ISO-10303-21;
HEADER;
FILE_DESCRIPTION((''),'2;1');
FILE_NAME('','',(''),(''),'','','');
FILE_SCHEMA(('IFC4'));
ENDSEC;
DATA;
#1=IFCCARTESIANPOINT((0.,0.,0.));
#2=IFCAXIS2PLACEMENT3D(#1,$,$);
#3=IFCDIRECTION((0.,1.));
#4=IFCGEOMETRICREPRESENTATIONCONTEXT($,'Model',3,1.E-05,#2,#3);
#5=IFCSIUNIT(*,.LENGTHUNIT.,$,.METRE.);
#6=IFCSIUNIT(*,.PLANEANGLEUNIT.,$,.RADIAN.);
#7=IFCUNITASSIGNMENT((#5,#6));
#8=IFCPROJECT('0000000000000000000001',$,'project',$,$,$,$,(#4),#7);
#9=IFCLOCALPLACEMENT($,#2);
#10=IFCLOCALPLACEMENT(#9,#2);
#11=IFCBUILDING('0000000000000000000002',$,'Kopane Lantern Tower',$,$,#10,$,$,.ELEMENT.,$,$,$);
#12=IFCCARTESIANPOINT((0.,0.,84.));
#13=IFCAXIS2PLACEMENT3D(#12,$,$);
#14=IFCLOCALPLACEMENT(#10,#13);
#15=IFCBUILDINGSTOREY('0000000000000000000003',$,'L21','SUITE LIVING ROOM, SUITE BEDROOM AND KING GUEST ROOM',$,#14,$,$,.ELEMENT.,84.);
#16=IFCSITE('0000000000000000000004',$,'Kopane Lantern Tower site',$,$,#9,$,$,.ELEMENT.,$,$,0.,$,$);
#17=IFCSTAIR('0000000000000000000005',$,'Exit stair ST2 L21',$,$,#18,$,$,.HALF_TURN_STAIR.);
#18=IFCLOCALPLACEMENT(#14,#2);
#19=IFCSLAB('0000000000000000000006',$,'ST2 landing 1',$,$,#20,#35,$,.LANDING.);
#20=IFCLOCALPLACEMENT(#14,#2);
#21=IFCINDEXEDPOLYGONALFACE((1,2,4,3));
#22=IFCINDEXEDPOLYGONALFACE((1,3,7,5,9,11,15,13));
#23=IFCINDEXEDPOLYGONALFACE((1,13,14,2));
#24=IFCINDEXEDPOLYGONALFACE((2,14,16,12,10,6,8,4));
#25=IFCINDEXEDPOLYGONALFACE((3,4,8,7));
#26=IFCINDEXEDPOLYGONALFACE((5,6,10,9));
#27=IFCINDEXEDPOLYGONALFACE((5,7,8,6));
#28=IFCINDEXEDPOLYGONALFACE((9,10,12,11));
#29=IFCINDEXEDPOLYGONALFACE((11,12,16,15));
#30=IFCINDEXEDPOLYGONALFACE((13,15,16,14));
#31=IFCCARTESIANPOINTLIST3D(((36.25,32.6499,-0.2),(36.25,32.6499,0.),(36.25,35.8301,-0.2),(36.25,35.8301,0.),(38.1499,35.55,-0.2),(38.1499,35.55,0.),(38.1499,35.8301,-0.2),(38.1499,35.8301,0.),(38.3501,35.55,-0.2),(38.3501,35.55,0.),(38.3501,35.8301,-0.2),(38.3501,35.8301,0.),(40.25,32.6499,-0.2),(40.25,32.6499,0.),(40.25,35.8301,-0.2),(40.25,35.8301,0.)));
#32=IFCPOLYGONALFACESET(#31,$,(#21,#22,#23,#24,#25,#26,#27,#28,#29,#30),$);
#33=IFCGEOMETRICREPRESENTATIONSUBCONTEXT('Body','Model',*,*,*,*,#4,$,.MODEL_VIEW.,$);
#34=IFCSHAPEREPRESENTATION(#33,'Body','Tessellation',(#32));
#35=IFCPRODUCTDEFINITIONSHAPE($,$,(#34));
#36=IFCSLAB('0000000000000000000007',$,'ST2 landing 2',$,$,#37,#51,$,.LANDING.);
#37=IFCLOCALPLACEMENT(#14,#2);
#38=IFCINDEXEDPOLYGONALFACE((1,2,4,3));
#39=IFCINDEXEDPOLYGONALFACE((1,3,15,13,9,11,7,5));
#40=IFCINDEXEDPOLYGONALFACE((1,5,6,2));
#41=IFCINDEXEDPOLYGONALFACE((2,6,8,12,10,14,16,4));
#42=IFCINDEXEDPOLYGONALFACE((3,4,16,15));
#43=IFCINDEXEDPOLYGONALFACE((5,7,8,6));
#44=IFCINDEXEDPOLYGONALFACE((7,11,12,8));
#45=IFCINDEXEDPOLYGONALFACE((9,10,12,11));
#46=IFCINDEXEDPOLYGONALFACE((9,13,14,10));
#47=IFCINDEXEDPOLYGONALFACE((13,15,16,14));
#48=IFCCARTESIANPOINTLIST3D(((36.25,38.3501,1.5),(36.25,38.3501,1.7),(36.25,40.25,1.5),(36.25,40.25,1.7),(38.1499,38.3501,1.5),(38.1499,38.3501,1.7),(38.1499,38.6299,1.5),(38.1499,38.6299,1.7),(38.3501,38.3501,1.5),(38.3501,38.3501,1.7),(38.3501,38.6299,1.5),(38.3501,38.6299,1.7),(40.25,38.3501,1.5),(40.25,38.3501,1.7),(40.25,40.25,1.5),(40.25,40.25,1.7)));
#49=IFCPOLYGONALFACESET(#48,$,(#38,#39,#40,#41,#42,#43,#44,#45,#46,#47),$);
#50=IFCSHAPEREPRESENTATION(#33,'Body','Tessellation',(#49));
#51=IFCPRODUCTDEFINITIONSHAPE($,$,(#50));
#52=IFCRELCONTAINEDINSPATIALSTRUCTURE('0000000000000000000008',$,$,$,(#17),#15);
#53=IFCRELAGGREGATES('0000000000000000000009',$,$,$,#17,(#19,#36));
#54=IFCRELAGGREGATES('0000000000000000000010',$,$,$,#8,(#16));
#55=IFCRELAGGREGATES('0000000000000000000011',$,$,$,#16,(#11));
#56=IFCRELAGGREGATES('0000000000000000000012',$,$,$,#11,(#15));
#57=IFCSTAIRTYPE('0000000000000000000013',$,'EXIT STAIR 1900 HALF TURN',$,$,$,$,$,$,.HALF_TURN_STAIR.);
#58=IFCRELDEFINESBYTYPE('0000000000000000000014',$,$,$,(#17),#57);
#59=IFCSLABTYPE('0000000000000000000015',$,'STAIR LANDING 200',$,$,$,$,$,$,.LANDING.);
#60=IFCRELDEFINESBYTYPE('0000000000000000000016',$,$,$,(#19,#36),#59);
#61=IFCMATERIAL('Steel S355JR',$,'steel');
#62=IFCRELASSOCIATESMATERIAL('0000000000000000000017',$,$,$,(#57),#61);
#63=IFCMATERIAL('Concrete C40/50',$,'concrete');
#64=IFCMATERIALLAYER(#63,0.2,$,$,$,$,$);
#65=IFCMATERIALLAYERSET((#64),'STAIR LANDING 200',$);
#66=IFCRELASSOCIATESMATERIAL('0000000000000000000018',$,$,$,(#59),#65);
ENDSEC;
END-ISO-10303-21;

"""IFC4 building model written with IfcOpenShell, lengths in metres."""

from ifc_helpers import new_model, si_unit, direction, frame, origin, place, context, subcontext, project, spatial, polyline, outline, extrude, material, layer, layer_set, type_object, element, aggregate, save


model = new_model("IFC4")

# Units and contexts
model_context = context("Model", 3, precision=1e-05, world=origin(), true_north=direction((0.0, 1.0)))
body_context = subcontext(model_context, "Body", "Model", "MODEL_VIEW")
ifc_project = project(units=[si_unit("LENGTHUNIT", "METRE"), si_unit("PLANEANGLEUNIT", "RADIAN")], contexts=[model_context])

# Site, building, storey
site_placement = place(None, origin())
site = spatial("IfcSite", under=ifc_project, at=site_placement, Name="Kopane Lantern Tower site", CompositionType="ELEMENT", RefElevation=0.0)
building_placement = place(site_placement, origin())
building = spatial("IfcBuilding", under=site, at=building_placement, Name="Kopane Lantern Tower", CompositionType="ELEMENT")
storey_placement = place(building_placement, frame((0.0, 0.0, 84.0)))
storey = spatial("IfcBuildingStorey", under=building, at=storey_placement, Name="L21", Description="SUITE LIVING ROOM, SUITE BEDROOM AND KING GUEST ROOM", CompositionType="ELEMENT", Elevation=84.0)

# Stair, slabs
ifc_material_1 = material(Name="Steel S355JR", Category="steel")
stair_type = type_object("IfcStairType", Name="EXIT STAIR 1900 HALF TURN", PredefinedType="HALF_TURN_STAIR", material=ifc_material_1)
ifc_material_2 = material(Name="Concrete C40/50", Category="concrete")
ifc_layer_1 = layer(ifc_material_2, 0.2)
ifc_layer_set_1 = layer_set([ifc_layer_1], Name="STAIR LANDING 200")
slab_type_1 = type_object("IfcSlabType", Name="STAIR LANDING 200", PredefinedType="LANDING", material=ifc_layer_set_1)
stair_1_placement = place(storey_placement, origin())
stair_1 = element("IfcStair", 1, at=stair_1_placement, inside=storey, type_object=stair_type, Name="Exit stair ST2 L21", PredefinedType="HALF_TURN_STAIR")
slab_1_placement = place(storey_placement, frame((0.0, 0.0, -0.2)))
slab_1 = element("IfcSlab", 2, at=slab_1_placement, type_object=slab_type_1, Name="ST2 landing 1", PredefinedType="LANDING", context=body_context, shape_type="SweptSolid", body=[
    extrude(outline(polyline([(40.25, 35.8301), (38.3501, 35.8301), (38.3501, 35.55), (38.1499, 35.55), (38.1499, 35.8301), (36.25, 35.8301), (36.25, 32.6499), (40.25, 32.6499), (40.25, 35.8301)])), origin(), (0.0, 0.0, 1.0), 0.2),
])
slab_2_placement = place(storey_placement, frame((0.0, 0.0, 1.5)))
slab_2 = element("IfcSlab", 3, at=slab_2_placement, type_object=slab_type_1, Name="ST2 landing 2", PredefinedType="LANDING", context=body_context, shape_type="SweptSolid", body=[
    extrude(outline(polyline([(38.1499, 38.6299), (38.3501, 38.6299), (38.3501, 38.3501), (40.25, 38.3501), (40.25, 40.25), (36.25, 40.25), (36.25, 38.3501), (38.1499, 38.3501), (38.1499, 38.6299)])), origin(), (0.0, 0.0, 1.0), 0.2),
])
aggregate(stair_1, [slab_1, slab_2])

save(model, "model.ifc")
